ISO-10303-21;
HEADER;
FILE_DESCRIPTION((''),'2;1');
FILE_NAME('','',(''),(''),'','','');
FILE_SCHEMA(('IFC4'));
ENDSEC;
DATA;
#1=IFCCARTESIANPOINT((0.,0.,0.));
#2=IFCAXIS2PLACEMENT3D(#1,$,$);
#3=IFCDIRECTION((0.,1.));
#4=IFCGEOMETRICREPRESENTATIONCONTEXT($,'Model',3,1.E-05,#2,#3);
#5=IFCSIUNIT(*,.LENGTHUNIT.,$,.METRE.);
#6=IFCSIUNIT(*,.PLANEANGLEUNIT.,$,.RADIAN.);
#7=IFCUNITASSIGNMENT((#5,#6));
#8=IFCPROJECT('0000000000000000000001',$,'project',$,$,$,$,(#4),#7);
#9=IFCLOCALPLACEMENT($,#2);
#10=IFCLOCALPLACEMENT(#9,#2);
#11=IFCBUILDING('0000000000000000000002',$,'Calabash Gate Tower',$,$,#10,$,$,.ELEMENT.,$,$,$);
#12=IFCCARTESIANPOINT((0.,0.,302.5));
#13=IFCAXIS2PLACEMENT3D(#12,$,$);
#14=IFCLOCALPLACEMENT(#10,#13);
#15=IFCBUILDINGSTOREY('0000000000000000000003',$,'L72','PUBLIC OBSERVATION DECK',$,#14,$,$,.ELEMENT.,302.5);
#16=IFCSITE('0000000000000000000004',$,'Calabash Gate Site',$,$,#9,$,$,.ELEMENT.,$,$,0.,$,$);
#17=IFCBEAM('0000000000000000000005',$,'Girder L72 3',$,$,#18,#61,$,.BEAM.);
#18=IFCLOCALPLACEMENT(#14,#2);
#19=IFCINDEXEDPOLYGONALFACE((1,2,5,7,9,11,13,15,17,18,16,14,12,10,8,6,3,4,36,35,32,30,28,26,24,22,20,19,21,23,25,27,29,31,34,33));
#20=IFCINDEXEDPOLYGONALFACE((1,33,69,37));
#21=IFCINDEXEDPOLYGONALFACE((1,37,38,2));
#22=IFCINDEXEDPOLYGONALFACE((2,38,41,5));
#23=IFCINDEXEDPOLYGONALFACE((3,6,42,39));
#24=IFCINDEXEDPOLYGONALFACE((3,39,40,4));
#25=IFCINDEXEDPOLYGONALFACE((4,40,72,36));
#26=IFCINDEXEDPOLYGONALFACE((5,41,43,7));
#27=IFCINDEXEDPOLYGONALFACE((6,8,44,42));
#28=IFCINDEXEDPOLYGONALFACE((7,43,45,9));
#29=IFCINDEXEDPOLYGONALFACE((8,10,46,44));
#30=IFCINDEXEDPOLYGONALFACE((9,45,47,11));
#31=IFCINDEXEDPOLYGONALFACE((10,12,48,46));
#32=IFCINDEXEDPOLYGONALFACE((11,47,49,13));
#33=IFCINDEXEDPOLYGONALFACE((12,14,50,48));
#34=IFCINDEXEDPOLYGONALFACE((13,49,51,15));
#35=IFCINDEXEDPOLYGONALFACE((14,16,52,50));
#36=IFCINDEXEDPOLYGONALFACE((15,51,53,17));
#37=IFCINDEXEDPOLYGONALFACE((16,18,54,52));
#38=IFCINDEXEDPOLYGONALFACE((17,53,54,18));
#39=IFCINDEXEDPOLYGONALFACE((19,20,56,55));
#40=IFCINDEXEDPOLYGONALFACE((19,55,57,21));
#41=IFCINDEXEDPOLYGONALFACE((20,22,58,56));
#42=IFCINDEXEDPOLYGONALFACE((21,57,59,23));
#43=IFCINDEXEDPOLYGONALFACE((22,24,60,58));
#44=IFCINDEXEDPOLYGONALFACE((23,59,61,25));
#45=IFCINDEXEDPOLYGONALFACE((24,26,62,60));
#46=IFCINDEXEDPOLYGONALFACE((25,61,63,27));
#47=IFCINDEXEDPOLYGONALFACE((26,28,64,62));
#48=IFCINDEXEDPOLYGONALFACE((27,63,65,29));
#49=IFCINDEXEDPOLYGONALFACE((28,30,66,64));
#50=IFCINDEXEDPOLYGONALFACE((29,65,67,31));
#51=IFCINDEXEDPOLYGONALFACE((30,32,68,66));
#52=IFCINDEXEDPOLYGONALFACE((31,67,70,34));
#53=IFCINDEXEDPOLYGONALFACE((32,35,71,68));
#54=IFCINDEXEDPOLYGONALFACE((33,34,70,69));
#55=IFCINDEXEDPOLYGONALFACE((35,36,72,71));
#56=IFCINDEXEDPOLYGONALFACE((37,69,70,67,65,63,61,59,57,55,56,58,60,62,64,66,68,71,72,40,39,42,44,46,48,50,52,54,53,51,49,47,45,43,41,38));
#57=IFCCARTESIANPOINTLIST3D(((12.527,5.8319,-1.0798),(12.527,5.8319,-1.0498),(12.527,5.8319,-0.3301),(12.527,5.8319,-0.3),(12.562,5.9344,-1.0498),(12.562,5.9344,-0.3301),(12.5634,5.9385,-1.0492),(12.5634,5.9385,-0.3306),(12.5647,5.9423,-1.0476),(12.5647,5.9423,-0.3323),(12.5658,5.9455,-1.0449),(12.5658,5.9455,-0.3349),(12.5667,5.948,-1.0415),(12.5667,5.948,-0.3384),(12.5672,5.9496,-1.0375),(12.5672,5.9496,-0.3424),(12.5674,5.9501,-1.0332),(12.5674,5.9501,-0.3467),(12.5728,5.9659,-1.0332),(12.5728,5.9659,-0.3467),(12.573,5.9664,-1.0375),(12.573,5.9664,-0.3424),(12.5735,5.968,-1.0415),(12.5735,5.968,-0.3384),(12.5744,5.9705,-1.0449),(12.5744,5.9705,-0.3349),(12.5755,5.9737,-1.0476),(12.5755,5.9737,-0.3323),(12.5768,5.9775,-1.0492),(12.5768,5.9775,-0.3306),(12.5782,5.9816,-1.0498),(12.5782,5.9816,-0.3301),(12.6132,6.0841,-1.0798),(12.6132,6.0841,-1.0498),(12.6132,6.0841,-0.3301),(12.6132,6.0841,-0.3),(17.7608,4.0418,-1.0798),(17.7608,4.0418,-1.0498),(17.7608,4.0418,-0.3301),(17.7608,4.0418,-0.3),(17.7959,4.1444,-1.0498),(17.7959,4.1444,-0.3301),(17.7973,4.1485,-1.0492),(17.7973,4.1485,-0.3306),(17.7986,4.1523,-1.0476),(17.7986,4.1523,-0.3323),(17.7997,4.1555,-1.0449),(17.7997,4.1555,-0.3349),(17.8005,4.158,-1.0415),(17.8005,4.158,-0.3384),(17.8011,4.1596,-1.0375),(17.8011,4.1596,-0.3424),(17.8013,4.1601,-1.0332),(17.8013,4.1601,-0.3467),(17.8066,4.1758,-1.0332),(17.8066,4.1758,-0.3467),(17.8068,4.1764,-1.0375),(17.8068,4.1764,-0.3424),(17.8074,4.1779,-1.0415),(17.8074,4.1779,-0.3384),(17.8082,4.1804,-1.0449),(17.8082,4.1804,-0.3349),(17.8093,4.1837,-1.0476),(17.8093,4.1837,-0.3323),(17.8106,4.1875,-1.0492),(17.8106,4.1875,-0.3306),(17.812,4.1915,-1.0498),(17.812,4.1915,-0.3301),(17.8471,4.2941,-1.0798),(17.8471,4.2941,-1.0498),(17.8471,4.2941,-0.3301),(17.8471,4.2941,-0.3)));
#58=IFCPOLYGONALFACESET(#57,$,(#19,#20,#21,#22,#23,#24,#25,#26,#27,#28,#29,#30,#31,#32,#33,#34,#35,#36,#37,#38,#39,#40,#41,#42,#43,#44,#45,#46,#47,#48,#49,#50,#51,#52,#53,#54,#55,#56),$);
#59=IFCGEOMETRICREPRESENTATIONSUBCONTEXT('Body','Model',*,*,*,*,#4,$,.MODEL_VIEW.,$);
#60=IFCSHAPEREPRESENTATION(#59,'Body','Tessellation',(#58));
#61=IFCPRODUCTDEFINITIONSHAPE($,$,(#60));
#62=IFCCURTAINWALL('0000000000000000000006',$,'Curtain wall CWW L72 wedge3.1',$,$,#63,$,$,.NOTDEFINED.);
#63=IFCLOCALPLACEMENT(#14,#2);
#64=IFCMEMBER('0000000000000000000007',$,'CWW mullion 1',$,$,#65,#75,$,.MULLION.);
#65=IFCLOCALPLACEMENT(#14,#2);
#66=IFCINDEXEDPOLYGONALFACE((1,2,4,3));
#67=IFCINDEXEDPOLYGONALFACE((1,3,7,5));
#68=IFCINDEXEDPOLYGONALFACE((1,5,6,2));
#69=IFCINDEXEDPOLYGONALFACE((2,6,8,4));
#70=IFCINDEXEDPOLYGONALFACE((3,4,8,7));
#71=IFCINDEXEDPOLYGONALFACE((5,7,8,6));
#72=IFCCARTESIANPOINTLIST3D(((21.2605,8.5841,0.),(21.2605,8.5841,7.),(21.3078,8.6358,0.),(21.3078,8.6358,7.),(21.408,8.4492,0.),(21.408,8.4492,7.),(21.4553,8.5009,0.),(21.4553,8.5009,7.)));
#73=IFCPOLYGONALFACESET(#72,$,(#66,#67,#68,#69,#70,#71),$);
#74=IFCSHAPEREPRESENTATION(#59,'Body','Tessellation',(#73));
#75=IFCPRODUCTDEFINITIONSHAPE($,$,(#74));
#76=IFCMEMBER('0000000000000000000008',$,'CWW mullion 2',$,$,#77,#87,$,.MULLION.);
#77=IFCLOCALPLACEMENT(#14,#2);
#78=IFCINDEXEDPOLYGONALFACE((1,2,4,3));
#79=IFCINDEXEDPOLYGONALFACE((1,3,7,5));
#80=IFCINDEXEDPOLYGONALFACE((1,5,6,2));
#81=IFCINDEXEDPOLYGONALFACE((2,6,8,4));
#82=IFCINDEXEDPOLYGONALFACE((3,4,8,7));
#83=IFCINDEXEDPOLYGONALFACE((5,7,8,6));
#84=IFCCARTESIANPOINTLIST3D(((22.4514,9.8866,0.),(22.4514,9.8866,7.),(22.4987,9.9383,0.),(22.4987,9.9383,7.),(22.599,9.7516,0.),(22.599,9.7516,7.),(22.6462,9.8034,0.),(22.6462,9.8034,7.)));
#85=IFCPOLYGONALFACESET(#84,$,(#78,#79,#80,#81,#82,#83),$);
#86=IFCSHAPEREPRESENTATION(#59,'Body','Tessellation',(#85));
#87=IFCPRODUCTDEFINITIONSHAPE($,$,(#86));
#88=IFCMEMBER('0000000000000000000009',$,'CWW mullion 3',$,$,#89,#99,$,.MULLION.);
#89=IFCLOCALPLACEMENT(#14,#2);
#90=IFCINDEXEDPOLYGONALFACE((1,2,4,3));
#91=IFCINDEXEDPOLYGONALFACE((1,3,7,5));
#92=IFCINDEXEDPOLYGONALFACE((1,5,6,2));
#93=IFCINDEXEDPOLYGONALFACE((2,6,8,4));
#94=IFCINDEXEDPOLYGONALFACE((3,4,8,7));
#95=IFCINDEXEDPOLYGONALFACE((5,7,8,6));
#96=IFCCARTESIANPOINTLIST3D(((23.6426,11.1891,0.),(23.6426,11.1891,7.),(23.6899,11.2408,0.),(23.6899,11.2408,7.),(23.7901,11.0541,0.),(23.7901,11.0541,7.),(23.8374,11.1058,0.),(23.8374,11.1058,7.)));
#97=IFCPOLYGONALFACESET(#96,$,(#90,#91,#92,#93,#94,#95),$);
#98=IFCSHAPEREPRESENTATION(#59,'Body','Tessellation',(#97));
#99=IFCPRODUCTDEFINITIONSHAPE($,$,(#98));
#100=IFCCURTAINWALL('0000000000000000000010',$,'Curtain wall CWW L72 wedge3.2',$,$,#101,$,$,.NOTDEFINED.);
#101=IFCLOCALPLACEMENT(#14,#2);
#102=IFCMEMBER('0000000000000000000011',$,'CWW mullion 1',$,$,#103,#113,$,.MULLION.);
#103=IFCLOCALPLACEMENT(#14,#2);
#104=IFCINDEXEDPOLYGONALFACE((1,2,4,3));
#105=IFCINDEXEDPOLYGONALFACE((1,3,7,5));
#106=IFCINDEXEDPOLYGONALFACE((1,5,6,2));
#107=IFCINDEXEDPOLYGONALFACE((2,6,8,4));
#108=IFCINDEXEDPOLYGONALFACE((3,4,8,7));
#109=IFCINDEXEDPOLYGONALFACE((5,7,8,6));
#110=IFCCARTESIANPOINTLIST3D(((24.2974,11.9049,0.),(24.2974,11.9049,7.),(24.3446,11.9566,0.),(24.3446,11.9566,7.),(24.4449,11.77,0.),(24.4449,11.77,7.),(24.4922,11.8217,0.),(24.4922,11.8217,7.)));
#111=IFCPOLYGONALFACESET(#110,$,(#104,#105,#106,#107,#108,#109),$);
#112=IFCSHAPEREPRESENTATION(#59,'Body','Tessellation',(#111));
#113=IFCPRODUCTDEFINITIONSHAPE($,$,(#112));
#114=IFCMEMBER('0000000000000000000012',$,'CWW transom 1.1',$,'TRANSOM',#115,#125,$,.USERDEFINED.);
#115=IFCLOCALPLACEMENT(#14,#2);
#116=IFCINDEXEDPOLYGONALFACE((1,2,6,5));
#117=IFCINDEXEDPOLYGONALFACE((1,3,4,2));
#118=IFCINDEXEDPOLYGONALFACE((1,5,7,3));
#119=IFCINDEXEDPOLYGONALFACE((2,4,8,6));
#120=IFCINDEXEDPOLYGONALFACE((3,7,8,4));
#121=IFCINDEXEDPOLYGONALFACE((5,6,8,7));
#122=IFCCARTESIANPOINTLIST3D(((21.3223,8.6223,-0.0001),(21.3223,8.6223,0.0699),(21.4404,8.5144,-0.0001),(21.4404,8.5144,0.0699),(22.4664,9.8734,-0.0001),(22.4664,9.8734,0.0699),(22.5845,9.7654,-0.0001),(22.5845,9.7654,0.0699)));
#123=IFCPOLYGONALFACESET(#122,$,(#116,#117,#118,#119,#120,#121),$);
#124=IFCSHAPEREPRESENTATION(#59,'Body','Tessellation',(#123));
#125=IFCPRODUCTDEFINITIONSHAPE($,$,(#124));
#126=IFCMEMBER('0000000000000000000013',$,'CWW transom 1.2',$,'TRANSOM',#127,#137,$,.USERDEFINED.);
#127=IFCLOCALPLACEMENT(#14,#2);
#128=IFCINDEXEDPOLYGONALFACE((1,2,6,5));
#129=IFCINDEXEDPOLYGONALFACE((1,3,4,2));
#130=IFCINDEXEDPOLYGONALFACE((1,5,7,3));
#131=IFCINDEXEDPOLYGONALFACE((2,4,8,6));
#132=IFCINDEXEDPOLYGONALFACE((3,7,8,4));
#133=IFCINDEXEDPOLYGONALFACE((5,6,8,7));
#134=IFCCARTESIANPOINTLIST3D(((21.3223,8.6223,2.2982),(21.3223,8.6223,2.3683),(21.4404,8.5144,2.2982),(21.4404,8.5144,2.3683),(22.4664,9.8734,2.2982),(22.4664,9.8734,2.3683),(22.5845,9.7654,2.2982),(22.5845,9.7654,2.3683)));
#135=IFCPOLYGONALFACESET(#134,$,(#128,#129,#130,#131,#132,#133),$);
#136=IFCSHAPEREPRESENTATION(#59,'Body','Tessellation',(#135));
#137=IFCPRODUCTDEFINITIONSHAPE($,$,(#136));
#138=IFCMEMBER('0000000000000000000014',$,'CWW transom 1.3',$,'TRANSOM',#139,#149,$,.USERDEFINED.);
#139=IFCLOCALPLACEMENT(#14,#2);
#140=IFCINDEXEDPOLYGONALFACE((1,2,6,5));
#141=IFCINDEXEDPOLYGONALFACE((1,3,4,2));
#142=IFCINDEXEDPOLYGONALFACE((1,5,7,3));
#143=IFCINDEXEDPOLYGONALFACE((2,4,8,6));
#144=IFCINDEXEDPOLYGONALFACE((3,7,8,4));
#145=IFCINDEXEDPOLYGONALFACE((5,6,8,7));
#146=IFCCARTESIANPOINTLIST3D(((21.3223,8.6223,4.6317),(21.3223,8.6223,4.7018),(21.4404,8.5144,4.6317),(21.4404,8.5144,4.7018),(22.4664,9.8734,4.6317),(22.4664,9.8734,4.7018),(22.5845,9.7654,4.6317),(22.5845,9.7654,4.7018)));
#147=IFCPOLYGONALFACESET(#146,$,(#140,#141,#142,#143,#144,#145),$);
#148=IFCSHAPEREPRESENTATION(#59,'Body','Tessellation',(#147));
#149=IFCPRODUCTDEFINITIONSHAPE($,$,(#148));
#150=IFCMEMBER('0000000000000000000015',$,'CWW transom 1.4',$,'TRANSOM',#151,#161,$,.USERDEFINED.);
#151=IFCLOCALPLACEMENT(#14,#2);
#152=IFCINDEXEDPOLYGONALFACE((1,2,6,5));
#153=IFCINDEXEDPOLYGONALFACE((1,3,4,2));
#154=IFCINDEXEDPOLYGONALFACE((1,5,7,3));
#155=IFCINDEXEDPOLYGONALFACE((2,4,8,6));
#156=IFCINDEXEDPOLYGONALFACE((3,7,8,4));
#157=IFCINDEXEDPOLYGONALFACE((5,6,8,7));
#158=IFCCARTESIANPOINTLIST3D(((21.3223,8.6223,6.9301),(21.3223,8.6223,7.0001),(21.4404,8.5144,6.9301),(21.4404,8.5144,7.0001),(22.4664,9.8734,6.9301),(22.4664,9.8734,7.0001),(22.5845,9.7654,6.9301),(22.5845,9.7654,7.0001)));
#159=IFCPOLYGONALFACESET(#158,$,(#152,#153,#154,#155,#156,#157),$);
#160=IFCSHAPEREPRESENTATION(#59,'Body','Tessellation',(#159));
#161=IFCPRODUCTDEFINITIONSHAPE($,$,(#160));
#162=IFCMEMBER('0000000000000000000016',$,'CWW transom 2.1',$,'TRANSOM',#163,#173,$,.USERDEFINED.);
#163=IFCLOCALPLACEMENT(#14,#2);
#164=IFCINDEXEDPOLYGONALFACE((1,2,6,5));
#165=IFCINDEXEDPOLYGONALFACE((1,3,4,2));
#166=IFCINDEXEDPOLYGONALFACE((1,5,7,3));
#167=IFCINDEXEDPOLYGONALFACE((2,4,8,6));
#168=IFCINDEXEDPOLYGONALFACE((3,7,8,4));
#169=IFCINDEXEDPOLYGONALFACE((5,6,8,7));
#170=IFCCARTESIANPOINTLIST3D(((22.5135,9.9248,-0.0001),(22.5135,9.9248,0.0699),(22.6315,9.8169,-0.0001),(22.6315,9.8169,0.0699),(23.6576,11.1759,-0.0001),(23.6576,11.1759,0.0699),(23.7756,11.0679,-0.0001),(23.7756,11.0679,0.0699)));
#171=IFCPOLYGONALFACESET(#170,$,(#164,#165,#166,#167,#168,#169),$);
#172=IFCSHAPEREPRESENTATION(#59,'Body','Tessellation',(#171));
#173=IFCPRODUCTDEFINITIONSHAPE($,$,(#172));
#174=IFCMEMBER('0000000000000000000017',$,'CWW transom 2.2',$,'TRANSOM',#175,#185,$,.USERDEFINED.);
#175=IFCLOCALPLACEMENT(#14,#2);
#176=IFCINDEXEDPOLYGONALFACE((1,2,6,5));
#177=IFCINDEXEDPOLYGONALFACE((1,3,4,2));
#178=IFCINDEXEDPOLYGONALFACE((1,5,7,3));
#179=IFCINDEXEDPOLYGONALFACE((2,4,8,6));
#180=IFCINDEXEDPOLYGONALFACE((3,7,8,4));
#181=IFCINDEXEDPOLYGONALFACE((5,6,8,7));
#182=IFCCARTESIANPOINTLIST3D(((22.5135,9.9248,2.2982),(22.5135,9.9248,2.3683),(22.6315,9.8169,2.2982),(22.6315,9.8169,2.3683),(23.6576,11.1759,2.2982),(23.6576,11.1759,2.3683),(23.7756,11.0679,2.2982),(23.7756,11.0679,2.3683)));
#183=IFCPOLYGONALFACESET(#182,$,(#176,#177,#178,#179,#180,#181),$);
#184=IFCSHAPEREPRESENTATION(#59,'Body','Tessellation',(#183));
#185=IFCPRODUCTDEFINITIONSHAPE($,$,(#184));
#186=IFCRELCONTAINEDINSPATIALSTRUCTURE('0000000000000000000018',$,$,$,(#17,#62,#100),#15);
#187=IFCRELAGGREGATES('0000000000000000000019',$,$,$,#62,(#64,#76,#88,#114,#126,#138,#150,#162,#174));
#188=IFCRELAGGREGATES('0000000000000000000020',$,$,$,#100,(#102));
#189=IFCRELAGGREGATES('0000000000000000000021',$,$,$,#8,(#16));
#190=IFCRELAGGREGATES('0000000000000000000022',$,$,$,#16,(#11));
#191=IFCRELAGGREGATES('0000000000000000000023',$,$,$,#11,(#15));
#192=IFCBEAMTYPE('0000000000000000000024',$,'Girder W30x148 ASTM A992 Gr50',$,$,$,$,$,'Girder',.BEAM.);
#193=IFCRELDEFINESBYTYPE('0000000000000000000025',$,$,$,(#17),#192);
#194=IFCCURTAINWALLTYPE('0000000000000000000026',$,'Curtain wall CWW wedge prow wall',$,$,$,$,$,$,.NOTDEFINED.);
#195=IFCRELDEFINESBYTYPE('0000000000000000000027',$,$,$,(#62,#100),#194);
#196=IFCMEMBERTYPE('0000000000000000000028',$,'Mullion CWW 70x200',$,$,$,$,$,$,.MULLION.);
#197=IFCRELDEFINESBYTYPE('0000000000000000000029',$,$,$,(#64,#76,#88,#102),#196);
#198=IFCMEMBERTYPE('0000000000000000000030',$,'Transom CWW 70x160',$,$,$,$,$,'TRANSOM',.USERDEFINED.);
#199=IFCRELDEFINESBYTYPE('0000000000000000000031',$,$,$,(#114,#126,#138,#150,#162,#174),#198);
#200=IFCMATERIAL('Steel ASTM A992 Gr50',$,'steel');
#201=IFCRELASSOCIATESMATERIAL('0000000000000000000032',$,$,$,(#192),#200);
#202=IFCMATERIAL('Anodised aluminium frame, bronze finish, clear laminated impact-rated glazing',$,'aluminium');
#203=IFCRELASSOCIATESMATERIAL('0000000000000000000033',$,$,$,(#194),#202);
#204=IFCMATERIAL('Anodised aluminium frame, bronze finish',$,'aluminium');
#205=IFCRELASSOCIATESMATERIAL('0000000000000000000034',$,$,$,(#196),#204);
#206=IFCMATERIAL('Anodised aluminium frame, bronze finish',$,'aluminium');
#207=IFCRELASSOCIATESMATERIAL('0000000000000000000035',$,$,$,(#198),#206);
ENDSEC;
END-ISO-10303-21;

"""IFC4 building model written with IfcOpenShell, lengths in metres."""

from ifc_helpers import new_model, si_unit, direction, frame, origin, origin_2d, place, context, subcontext, project, spatial, rectangle, i_section, extrude, material, material_profile, profile_set, type_object, element, aggregate, save


model = new_model("IFC4")

# Units and contexts
model_context = context("Model", 3, precision=1e-05, world=origin(), true_north=direction((0.0, 1.0)))
body_context = subcontext(model_context, "Body", "Model", "MODEL_VIEW")
ifc_project = project(units=[si_unit("LENGTHUNIT", "METRE"), si_unit("PLANEANGLEUNIT", "RADIAN")], contexts=[model_context])

# Site, building, storey
site_placement = place(None, origin())
site = spatial("IfcSite", under=ifc_project, at=site_placement, Name="Calabash Gate Site", CompositionType="ELEMENT", RefElevation=0.0)
building_placement = place(site_placement, origin())
building = spatial("IfcBuilding", under=site, at=building_placement, Name="Calabash Gate Tower", CompositionType="ELEMENT")
storey_placement = place(building_placement, frame((0.0, 0.0, 302.5)))
storey = spatial("IfcBuildingStorey", under=building, at=storey_placement, Name="L72", Description="PUBLIC OBSERVATION DECK", CompositionType="ELEMENT", Elevation=302.5)

# Beam
ifc_material_1 = material(Name="Steel ASTM A992 Gr50", Category="steel")
ifc_material_profile_1 = material_profile(ifc_material_1, i_section(OverallWidth=0.2666, OverallDepth=0.7798, WebThickness=0.0166, FlangeThickness=0.03, FilletRadius=0.0166, at=origin_2d()))
ifc_profile_set_1 = profile_set([ifc_material_profile_1], Name="Steel ASTM A992 Gr50")
beam_type_1 = type_object("IfcBeamType", Name="Girder W30x148 ASTM A992 Gr50", ElementType="Girder", PredefinedType="BEAM", material=ifc_profile_set_1)
beam_1_placement = place(storey_placement, frame((17.804, 4.168, -0.6899), z_axis=(-0.946192, 0.323607, 0.0), x_axis=(-0.323607, -0.946192, 0.0)))
element("IfcBeam", 1, at=beam_1_placement, inside=storey, type_object=beam_type_1, Name="Girder L72 3", PredefinedType="BEAM", context=body_context, shape_type="SweptSolid", body=[
    extrude(i_section(OverallWidth=0.2666, OverallDepth=0.7798, WebThickness=0.0166, FlangeThickness=0.03, FilletRadius=0.0166, at=origin_2d()), origin(), (0.0, 0.0, 1.0), 5.5315),
])

# Curtain wall, members
ifc_material_2 = material(Name="Anodised aluminium frame, bronze finish, clear laminated impact-rated glazing", Category="aluminium")
curtain_wall_type = type_object("IfcCurtainWallType", Name="Curtain wall CWW wedge prow wall", PredefinedType="NOTDEFINED", material=ifc_material_2)
curtain_wall_1_placement = place(storey_placement, origin())
curtain_wall_1 = element("IfcCurtainWall", 2, at=curtain_wall_1_placement, inside=storey, type_object=curtain_wall_type, Name="Curtain wall CWW L72 wedge3.1", PredefinedType="NOTDEFINED")
ifc_material_3 = material(Name="Anodised aluminium frame, bronze finish", Category="aluminium")
ifc_material_profile_2 = material_profile(ifc_material_3, rectangle(XDim=0.2, YDim=0.0701, at=origin_2d()))
ifc_profile_set_2 = profile_set([ifc_material_profile_2], Name="Anodised aluminium frame, bronze finish")
member_type_1 = type_object("IfcMemberType", Name="Mullion CWW 70x200", PredefinedType="MULLION", material=ifc_profile_set_2)
member_1_placement = place(storey_placement, frame((21.3579, 8.5425, 0.0), z_axis=(0.0, 0.0, 1.0), x_axis=(-0.73795, 0.674856, 0.0)))
member_1 = element("IfcMember", 3, at=member_1_placement, type_object=member_type_1, Name="CWW mullion 1", PredefinedType="MULLION", context=body_context, shape_type="SweptSolid", body=[
    extrude(rectangle(XDim=0.2, YDim=0.0701, at=origin_2d()), origin(), (0.0, 0.0, 1.0), 7.0),
])
member_2_placement = place(storey_placement, frame((22.5488, 9.845, 0.0), z_axis=(0.0, 0.0, 1.0), x_axis=(-0.73795, 0.674856, 0.0)))
member_2 = element("IfcMember", 4, at=member_2_placement, type_object=member_type_1, Name="CWW mullion 2", PredefinedType="MULLION", context=body_context, shape_type="SweptSolid", body=[
    extrude(rectangle(XDim=0.2, YDim=0.0701, at=origin_2d()), origin(), (0.0, 0.0, 1.0), 7.0),
])
member_3_placement = place(storey_placement, frame((23.74, 11.1475, 0.0), z_axis=(0.0, 0.0, 1.0), x_axis=(-0.73795, 0.674856, 0.0)))
member_3 = element("IfcMember", 5, at=member_3_placement, type_object=member_type_1, Name="CWW mullion 3", PredefinedType="MULLION", context=body_context, shape_type="SweptSolid", body=[
    extrude(rectangle(XDim=0.2, YDim=0.0701, at=origin_2d()), origin(), (0.0, 0.0, 1.0), 7.0),
])

# Curtain wall, member
curtain_wall_2_placement = place(storey_placement, origin())
curtain_wall_2 = element("IfcCurtainWall", 6, at=curtain_wall_2_placement, inside=storey, type_object=curtain_wall_type, Name="Curtain wall CWW L72 wedge3.2", PredefinedType="NOTDEFINED")
member_4_placement = place(storey_placement, frame((24.3948, 11.8633, 0.0), z_axis=(0.0, 0.0, 1.0), x_axis=(-0.737949, 0.674856, 0.0)))
member_4 = element("IfcMember", 7, at=member_4_placement, type_object=member_type_1, Name="CWW mullion 1", PredefinedType="MULLION", context=body_context, shape_type="SweptSolid", body=[
    extrude(rectangle(XDim=0.2, YDim=0.0701, at=origin_2d()), origin(), (0.0, 0.0, 1.0), 7.0),
])

# Members
ifc_material_4 = material(Name="Anodised aluminium frame, bronze finish", Category="aluminium")
ifc_material_profile_3 = material_profile(ifc_material_4, rectangle(XDim=0.1599, YDim=0.0701, at=origin_2d()))
ifc_profile_set_3 = profile_set([ifc_material_profile_3], Name="Anodised aluminium frame, bronze finish")
member_type_2 = type_object("IfcMemberType", Name="Transom CWW 70x160", ElementType="TRANSOM", PredefinedType="USERDEFINED", material=ifc_profile_set_3)
member_5_placement = place(storey_placement, frame((21.3813, 8.5684, 0.0349), z_axis=(0.674863, 0.737943, 0.0), x_axis=(-0.737943, 0.674863, 0.0)))
member_5 = element("IfcMember", 8, at=member_5_placement, type_object=member_type_2, Name="CWW transom 1.1", ObjectType="TRANSOM", PredefinedType="USERDEFINED", context=body_context, shape_type="SweptSolid", body=[
    extrude(rectangle(XDim=0.1599, YDim=0.0701, at=origin_2d()), origin(), (0.0, 0.0, 1.0), 1.6953),
])
member_6_placement = place(storey_placement, frame((21.3813, 8.5684, 2.3333), z_axis=(0.674863, 0.737943, 0.0), x_axis=(-0.737943, 0.674863, 0.0)))
member_6 = element("IfcMember", 9, at=member_6_placement, type_object=member_type_2, Name="CWW transom 1.2", ObjectType="TRANSOM", PredefinedType="USERDEFINED", context=body_context, shape_type="SweptSolid", body=[
    extrude(rectangle(XDim=0.1599, YDim=0.0701, at=origin_2d()), origin(), (0.0, 0.0, 1.0), 1.6953),
])
member_7_placement = place(storey_placement, frame((21.3813, 8.5684, 4.6667), z_axis=(0.674863, 0.737943, 0.0), x_axis=(-0.737943, 0.674863, 0.0)))
member_7 = element("IfcMember", 10, at=member_7_placement, type_object=member_type_2, Name="CWW transom 1.3", ObjectType="TRANSOM", PredefinedType="USERDEFINED", context=body_context, shape_type="SweptSolid", body=[
    extrude(rectangle(XDim=0.1599, YDim=0.0701, at=origin_2d()), origin(), (0.0, 0.0, 1.0), 1.6953),
])
member_8_placement = place(storey_placement, frame((21.3813, 8.5684, 6.9651), z_axis=(0.674863, 0.737943, 0.0), x_axis=(-0.737943, 0.674863, 0.0)))
member_8 = element("IfcMember", 11, at=member_8_placement, type_object=member_type_2, Name="CWW transom 1.4", ObjectType="TRANSOM", PredefinedType="USERDEFINED", context=body_context, shape_type="SweptSolid", body=[
    extrude(rectangle(XDim=0.1599, YDim=0.0701, at=origin_2d()), origin(), (0.0, 0.0, 1.0), 1.6953),
])
member_9_placement = place(storey_placement, frame((22.5725, 9.8708, 0.0349), z_axis=(0.674863, 0.737943, 0.0), x_axis=(-0.737943, 0.674863, 0.0)))
member_9 = element("IfcMember", 12, at=member_9_placement, type_object=member_type_2, Name="CWW transom 2.1", ObjectType="TRANSOM", PredefinedType="USERDEFINED", context=body_context, shape_type="SweptSolid", body=[
    extrude(rectangle(XDim=0.1599, YDim=0.0701, at=origin_2d()), origin(), (0.0, 0.0, 1.0), 1.6953),
])
member_10_placement = place(storey_placement, frame((22.5725, 9.8708, 2.3333), z_axis=(0.674863, 0.737943, 0.0), x_axis=(-0.737943, 0.674863, 0.0)))
member_10 = element("IfcMember", 13, at=member_10_placement, type_object=member_type_2, Name="CWW transom 2.2", ObjectType="TRANSOM", PredefinedType="USERDEFINED", context=body_context, shape_type="SweptSolid", body=[
    extrude(rectangle(XDim=0.1599, YDim=0.0701, at=origin_2d()), origin(), (0.0, 0.0, 1.0), 1.6953),
])

aggregate(curtain_wall_1, [member_1, member_2, member_3, member_5, member_6, member_7, member_8, member_9, member_10])
aggregate(curtain_wall_2, [member_4])

save(model, "model.ifc")
